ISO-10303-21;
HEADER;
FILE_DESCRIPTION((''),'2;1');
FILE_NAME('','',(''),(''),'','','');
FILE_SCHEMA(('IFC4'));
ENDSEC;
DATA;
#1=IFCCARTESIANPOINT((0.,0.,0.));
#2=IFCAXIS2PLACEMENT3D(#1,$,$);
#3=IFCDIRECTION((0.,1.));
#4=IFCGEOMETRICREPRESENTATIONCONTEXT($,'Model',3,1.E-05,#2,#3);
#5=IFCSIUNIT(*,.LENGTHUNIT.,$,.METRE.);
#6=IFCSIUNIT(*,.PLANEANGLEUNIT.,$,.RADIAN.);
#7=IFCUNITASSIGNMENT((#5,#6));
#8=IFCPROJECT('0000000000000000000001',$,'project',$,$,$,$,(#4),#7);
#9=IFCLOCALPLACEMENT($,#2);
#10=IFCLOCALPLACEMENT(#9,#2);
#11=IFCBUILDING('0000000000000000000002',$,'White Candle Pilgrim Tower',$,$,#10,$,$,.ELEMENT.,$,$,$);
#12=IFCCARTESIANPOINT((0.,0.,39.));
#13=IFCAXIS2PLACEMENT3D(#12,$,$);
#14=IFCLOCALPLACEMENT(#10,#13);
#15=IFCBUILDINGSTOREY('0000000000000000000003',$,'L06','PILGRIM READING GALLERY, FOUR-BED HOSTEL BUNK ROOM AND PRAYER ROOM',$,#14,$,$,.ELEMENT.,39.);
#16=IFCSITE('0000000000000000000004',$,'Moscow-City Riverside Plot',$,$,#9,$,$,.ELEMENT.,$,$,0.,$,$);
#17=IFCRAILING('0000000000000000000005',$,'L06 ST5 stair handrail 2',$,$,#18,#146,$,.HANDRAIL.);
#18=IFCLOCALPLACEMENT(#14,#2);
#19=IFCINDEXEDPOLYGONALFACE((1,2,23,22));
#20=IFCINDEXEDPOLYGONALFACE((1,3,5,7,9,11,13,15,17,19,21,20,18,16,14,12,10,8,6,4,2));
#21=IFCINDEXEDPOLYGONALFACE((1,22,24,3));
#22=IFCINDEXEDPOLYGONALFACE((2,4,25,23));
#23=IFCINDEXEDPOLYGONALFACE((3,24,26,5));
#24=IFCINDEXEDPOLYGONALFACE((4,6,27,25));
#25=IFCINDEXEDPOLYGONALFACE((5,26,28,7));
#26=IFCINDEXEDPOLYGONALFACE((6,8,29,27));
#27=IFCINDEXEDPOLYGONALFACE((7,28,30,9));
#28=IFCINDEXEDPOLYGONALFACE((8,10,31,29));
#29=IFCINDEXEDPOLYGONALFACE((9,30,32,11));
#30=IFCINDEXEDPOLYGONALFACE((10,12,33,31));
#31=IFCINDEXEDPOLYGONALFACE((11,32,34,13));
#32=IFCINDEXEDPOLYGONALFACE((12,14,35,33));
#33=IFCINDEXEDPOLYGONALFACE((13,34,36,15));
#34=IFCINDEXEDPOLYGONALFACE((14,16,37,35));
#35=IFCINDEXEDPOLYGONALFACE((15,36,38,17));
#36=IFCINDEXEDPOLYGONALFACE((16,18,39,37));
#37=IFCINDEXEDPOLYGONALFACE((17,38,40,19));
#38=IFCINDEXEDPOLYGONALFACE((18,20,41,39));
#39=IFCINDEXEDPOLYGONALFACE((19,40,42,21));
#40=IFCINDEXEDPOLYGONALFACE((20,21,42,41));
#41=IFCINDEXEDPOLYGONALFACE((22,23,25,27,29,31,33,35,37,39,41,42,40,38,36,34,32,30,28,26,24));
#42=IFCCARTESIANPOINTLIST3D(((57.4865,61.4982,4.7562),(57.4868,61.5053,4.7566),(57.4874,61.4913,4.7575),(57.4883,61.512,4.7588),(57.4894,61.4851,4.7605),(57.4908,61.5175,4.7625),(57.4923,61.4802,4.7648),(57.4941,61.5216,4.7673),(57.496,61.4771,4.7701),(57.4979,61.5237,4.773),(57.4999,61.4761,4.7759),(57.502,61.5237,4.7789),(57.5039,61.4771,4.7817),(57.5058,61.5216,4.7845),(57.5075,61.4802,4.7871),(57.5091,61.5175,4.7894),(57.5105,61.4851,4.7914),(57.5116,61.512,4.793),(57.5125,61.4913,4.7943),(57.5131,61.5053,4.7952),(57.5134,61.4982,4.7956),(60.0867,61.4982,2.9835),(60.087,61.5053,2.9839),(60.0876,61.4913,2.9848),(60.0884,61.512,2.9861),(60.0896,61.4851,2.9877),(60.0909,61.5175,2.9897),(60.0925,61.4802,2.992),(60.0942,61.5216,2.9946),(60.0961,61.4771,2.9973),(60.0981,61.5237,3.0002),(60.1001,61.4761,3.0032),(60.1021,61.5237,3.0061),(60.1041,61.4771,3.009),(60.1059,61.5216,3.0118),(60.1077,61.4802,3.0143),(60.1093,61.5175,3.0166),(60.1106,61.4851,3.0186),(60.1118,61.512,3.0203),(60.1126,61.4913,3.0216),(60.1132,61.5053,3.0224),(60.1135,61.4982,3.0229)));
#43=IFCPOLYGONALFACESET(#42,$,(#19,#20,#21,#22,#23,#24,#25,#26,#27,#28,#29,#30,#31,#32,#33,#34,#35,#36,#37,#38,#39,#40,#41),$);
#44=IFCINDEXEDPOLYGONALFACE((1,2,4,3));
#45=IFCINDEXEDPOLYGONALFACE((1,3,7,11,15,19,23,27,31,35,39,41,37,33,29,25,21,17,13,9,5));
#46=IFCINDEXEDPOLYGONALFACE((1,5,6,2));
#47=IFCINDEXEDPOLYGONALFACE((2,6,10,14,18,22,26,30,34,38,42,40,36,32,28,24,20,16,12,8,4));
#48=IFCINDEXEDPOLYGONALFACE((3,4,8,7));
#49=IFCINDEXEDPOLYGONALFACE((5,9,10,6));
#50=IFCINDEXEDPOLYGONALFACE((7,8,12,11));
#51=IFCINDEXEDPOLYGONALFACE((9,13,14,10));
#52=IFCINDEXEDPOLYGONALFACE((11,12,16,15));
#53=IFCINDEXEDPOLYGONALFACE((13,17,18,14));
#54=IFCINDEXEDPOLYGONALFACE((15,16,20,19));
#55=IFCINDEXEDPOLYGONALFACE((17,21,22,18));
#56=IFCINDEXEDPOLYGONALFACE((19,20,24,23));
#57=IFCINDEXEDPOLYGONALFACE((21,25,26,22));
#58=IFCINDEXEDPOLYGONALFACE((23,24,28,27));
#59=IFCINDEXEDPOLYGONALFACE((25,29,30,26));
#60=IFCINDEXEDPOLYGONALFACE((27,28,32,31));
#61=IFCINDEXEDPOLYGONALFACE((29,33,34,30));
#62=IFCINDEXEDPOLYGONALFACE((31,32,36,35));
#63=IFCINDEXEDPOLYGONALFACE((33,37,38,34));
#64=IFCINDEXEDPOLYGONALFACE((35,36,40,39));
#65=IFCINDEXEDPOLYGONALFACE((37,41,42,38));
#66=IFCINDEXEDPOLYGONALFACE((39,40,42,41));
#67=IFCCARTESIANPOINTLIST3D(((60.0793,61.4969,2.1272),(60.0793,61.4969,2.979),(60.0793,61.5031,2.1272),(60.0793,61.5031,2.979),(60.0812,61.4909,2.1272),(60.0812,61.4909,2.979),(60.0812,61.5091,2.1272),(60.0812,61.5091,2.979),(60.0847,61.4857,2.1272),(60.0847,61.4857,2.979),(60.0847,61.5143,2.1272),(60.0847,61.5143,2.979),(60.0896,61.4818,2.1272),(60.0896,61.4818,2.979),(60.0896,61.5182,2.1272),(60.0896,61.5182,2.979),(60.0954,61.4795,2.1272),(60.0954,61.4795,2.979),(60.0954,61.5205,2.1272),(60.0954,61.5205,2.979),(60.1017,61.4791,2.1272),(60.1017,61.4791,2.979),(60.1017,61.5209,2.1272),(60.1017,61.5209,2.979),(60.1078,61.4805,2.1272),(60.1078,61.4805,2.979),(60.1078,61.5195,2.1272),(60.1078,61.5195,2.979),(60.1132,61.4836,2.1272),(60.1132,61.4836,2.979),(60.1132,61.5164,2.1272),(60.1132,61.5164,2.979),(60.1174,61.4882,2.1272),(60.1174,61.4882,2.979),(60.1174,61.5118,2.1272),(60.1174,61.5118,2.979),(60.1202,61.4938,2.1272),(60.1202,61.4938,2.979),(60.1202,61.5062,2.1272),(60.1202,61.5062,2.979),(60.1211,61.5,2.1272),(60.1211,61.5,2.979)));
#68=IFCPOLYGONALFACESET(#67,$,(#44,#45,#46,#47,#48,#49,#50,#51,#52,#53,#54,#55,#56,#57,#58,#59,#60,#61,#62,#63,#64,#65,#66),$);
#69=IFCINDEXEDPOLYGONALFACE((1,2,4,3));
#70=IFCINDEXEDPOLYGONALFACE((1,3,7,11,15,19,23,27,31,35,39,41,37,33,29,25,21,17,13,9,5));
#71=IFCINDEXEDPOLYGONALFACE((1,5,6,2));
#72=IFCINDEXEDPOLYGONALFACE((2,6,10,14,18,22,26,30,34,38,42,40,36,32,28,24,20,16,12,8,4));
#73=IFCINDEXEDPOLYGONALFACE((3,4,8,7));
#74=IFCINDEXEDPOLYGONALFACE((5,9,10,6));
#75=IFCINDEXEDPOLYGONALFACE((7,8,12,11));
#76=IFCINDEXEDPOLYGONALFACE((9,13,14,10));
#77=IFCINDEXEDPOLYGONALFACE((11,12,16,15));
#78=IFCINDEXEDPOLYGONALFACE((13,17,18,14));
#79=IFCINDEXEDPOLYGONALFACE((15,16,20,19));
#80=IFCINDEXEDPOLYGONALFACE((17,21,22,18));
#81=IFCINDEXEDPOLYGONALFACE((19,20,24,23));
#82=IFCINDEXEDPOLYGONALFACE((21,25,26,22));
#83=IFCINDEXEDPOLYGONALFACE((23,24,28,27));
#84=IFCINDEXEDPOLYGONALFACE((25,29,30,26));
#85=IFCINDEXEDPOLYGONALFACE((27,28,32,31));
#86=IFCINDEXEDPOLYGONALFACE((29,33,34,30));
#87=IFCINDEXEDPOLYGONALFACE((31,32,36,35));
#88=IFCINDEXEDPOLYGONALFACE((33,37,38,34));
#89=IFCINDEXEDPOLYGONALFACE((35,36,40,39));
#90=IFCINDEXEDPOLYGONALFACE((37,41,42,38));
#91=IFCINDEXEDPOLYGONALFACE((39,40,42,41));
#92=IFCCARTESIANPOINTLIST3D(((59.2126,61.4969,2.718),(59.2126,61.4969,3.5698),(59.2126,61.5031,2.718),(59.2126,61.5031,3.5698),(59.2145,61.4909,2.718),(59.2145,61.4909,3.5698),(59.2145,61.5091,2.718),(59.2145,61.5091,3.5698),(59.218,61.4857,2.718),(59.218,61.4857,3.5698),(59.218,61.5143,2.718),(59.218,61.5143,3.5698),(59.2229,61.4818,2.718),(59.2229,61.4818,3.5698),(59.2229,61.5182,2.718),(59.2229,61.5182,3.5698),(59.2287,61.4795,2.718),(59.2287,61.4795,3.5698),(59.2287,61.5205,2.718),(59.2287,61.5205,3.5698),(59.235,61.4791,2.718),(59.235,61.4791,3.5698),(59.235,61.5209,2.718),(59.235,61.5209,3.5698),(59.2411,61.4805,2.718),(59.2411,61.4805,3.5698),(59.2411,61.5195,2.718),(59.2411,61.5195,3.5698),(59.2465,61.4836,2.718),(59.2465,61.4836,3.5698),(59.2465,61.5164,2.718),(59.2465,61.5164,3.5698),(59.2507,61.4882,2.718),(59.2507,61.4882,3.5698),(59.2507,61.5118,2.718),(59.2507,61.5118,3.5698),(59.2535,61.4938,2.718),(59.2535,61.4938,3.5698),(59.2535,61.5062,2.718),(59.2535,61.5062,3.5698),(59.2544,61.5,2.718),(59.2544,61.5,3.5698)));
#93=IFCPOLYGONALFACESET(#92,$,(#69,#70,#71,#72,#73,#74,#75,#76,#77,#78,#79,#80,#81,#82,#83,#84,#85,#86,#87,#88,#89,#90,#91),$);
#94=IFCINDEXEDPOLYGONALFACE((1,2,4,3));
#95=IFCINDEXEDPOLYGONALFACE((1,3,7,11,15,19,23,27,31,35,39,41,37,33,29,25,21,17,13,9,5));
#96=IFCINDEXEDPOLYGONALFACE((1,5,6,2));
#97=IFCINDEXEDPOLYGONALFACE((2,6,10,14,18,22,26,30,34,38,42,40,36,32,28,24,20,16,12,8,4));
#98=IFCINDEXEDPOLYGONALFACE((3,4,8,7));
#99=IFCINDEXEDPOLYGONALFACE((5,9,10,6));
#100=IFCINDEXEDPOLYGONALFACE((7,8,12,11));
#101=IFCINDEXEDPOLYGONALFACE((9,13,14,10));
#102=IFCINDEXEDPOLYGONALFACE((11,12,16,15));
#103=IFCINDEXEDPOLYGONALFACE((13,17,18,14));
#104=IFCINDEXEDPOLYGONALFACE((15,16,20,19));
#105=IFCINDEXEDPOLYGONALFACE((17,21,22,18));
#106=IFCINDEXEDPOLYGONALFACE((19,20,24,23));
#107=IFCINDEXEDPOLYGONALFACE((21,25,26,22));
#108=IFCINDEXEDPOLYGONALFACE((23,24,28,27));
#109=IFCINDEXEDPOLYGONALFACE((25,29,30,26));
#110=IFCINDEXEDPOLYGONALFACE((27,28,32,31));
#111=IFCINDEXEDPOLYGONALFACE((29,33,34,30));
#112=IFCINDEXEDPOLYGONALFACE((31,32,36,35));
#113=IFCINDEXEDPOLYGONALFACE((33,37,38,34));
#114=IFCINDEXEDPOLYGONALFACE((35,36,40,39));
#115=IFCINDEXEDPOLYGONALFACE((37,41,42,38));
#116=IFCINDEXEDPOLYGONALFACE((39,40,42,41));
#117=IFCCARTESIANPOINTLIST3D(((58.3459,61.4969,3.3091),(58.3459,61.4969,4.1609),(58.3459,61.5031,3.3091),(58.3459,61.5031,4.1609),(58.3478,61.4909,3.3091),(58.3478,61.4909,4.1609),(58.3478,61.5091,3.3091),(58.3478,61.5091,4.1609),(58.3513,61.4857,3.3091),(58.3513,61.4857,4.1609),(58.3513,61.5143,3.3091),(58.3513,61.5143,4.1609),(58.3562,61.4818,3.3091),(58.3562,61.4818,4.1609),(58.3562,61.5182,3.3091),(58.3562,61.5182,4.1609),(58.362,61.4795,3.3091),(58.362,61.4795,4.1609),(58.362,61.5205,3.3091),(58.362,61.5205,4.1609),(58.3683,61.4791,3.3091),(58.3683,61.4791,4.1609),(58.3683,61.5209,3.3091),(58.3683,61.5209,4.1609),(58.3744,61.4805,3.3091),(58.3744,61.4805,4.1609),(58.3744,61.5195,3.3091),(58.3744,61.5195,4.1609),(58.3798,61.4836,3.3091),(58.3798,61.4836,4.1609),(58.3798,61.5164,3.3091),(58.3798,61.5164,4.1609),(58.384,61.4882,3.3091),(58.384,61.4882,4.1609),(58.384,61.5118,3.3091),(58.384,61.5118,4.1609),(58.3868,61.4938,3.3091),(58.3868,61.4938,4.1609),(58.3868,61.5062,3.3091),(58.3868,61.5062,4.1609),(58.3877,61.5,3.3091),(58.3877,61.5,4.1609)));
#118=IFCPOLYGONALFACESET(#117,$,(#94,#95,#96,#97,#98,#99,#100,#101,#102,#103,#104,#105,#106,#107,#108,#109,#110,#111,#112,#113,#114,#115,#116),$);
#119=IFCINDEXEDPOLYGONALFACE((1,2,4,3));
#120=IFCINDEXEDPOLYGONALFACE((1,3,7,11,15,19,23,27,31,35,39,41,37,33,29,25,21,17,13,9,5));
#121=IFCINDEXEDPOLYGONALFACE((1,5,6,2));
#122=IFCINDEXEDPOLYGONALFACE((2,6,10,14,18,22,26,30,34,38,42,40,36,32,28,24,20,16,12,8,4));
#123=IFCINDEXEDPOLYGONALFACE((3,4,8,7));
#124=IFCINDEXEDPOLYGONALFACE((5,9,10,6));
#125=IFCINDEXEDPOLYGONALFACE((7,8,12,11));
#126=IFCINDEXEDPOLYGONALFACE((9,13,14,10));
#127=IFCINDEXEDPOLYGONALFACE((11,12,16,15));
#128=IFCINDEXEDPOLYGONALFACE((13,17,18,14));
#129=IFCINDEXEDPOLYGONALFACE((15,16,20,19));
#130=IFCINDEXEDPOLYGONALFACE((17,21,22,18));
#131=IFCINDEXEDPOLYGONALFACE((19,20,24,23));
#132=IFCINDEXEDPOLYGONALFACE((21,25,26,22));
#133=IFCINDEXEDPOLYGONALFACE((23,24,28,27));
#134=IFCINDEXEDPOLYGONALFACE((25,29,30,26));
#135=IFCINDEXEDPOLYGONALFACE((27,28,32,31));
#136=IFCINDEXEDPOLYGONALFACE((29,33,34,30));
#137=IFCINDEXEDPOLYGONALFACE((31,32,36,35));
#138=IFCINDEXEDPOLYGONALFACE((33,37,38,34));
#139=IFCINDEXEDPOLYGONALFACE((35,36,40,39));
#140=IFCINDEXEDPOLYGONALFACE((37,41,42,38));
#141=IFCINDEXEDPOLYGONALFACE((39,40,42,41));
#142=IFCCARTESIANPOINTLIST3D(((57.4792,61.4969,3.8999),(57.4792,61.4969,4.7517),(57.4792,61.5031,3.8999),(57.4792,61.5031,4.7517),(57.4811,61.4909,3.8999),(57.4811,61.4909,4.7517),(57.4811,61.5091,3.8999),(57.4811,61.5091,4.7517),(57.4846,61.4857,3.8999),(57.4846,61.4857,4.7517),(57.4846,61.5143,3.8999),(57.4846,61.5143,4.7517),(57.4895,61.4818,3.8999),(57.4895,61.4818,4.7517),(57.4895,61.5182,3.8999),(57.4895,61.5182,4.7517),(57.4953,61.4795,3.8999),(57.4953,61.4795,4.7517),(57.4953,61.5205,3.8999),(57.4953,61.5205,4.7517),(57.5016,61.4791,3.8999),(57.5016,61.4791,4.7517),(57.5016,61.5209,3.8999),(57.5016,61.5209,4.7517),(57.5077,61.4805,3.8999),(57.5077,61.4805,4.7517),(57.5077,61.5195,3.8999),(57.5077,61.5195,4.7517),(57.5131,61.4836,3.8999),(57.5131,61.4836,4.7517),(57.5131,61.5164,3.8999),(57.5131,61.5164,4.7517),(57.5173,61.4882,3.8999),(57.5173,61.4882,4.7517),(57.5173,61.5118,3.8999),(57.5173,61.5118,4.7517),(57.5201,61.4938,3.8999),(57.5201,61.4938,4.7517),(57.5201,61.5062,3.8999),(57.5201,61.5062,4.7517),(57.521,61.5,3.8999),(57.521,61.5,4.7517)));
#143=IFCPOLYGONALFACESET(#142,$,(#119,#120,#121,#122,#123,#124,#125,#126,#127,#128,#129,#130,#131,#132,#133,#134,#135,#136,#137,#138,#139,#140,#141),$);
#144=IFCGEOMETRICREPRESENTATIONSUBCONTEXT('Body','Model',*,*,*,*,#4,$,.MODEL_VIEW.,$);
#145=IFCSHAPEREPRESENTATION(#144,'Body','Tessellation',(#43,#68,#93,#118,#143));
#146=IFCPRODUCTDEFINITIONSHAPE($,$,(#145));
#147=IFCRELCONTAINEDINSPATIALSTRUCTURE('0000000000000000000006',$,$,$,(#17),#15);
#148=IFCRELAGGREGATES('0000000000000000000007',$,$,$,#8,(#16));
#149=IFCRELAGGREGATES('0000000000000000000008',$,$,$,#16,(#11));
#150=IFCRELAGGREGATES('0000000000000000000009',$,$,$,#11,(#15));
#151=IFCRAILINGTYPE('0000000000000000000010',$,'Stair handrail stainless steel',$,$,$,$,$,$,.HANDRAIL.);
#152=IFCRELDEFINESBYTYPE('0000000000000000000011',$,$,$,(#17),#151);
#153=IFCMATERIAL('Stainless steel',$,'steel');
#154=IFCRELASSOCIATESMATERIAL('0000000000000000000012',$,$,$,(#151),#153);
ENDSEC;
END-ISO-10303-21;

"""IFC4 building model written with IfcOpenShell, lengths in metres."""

from ifc_helpers import new_model, si_unit, direction, frame, origin, origin_2d, place, context, subcontext, project, spatial, circle, extrude, material, type_object, element, save


model = new_model("IFC4")

# Units and contexts
model_context = context("Model", 3, precision=1e-05, world=origin(), true_north=direction((0.0, 1.0)))
body_context = subcontext(model_context, "Body", "Model", "MODEL_VIEW")
ifc_project = project(units=[si_unit("LENGTHUNIT", "METRE"), si_unit("PLANEANGLEUNIT", "RADIAN")], contexts=[model_context])

# Site, building, storey
site_placement = place(None, origin())
site = spatial("IfcSite", under=ifc_project, at=site_placement, Name="Moscow-City Riverside Plot", CompositionType="ELEMENT", RefElevation=0.0)
building_placement = place(site_placement, origin())
building = spatial("IfcBuilding", under=site, at=building_placement, Name="White Candle Pilgrim Tower", CompositionType="ELEMENT")
storey_placement = place(building_placement, frame((0.0, 0.0, 39.0)))
storey = spatial("IfcBuildingStorey", under=building, at=storey_placement, Name="L06", Description="PILGRIM READING GALLERY, FOUR-BED HOSTEL BUNK ROOM AND PRAYER ROOM", CompositionType="ELEMENT", Elevation=39.0)

# Shared definitions
ifc_material_1 = material(Name="Stainless steel", Category="steel")

# Railing
railing_type_1 = type_object("IfcRailingType", Name="Stair handrail stainless steel", PredefinedType="HANDRAIL", material=ifc_material_1)
railing_1_placement = place(storey_placement, frame((60.1001, 61.5, 2.1272)))
element("IfcRailing", 1, at=railing_1_placement, inside=storey, type_object=railing_type_1, Name="L06 ST5 stair handrail 2", PredefinedType="HANDRAIL", context=body_context, shape_type="SweptSolid", body=[
    extrude(circle(Radius=0.0239, at=origin_2d()), frame((0.0, 0.0, 0.876), z_axis=(-0.82624, 0.0, 0.563318), x_axis=(0.0, -1.0, 0.0)), (0.0, 0.0, 1.0), 3.147),
    extrude(circle(Radius=0.021, at=origin_2d()), origin(), (0.0, 0.0, 1.0), 0.8518),
    extrude(circle(Radius=0.021, at=origin_2d()), frame((-0.8667, 0.0, 0.5908)), (0.0, 0.0, 1.0), 0.8518),
    extrude(circle(Radius=0.021, at=origin_2d()), frame((-1.7334, 0.0, 1.1819)), (0.0, 0.0, 1.0), 0.8518),
    extrude(circle(Radius=0.021, at=origin_2d()), frame((-2.6001, 0.0, 1.7727)), (0.0, 0.0, 1.0), 0.8518),
])

save(model, "model.ifc")
